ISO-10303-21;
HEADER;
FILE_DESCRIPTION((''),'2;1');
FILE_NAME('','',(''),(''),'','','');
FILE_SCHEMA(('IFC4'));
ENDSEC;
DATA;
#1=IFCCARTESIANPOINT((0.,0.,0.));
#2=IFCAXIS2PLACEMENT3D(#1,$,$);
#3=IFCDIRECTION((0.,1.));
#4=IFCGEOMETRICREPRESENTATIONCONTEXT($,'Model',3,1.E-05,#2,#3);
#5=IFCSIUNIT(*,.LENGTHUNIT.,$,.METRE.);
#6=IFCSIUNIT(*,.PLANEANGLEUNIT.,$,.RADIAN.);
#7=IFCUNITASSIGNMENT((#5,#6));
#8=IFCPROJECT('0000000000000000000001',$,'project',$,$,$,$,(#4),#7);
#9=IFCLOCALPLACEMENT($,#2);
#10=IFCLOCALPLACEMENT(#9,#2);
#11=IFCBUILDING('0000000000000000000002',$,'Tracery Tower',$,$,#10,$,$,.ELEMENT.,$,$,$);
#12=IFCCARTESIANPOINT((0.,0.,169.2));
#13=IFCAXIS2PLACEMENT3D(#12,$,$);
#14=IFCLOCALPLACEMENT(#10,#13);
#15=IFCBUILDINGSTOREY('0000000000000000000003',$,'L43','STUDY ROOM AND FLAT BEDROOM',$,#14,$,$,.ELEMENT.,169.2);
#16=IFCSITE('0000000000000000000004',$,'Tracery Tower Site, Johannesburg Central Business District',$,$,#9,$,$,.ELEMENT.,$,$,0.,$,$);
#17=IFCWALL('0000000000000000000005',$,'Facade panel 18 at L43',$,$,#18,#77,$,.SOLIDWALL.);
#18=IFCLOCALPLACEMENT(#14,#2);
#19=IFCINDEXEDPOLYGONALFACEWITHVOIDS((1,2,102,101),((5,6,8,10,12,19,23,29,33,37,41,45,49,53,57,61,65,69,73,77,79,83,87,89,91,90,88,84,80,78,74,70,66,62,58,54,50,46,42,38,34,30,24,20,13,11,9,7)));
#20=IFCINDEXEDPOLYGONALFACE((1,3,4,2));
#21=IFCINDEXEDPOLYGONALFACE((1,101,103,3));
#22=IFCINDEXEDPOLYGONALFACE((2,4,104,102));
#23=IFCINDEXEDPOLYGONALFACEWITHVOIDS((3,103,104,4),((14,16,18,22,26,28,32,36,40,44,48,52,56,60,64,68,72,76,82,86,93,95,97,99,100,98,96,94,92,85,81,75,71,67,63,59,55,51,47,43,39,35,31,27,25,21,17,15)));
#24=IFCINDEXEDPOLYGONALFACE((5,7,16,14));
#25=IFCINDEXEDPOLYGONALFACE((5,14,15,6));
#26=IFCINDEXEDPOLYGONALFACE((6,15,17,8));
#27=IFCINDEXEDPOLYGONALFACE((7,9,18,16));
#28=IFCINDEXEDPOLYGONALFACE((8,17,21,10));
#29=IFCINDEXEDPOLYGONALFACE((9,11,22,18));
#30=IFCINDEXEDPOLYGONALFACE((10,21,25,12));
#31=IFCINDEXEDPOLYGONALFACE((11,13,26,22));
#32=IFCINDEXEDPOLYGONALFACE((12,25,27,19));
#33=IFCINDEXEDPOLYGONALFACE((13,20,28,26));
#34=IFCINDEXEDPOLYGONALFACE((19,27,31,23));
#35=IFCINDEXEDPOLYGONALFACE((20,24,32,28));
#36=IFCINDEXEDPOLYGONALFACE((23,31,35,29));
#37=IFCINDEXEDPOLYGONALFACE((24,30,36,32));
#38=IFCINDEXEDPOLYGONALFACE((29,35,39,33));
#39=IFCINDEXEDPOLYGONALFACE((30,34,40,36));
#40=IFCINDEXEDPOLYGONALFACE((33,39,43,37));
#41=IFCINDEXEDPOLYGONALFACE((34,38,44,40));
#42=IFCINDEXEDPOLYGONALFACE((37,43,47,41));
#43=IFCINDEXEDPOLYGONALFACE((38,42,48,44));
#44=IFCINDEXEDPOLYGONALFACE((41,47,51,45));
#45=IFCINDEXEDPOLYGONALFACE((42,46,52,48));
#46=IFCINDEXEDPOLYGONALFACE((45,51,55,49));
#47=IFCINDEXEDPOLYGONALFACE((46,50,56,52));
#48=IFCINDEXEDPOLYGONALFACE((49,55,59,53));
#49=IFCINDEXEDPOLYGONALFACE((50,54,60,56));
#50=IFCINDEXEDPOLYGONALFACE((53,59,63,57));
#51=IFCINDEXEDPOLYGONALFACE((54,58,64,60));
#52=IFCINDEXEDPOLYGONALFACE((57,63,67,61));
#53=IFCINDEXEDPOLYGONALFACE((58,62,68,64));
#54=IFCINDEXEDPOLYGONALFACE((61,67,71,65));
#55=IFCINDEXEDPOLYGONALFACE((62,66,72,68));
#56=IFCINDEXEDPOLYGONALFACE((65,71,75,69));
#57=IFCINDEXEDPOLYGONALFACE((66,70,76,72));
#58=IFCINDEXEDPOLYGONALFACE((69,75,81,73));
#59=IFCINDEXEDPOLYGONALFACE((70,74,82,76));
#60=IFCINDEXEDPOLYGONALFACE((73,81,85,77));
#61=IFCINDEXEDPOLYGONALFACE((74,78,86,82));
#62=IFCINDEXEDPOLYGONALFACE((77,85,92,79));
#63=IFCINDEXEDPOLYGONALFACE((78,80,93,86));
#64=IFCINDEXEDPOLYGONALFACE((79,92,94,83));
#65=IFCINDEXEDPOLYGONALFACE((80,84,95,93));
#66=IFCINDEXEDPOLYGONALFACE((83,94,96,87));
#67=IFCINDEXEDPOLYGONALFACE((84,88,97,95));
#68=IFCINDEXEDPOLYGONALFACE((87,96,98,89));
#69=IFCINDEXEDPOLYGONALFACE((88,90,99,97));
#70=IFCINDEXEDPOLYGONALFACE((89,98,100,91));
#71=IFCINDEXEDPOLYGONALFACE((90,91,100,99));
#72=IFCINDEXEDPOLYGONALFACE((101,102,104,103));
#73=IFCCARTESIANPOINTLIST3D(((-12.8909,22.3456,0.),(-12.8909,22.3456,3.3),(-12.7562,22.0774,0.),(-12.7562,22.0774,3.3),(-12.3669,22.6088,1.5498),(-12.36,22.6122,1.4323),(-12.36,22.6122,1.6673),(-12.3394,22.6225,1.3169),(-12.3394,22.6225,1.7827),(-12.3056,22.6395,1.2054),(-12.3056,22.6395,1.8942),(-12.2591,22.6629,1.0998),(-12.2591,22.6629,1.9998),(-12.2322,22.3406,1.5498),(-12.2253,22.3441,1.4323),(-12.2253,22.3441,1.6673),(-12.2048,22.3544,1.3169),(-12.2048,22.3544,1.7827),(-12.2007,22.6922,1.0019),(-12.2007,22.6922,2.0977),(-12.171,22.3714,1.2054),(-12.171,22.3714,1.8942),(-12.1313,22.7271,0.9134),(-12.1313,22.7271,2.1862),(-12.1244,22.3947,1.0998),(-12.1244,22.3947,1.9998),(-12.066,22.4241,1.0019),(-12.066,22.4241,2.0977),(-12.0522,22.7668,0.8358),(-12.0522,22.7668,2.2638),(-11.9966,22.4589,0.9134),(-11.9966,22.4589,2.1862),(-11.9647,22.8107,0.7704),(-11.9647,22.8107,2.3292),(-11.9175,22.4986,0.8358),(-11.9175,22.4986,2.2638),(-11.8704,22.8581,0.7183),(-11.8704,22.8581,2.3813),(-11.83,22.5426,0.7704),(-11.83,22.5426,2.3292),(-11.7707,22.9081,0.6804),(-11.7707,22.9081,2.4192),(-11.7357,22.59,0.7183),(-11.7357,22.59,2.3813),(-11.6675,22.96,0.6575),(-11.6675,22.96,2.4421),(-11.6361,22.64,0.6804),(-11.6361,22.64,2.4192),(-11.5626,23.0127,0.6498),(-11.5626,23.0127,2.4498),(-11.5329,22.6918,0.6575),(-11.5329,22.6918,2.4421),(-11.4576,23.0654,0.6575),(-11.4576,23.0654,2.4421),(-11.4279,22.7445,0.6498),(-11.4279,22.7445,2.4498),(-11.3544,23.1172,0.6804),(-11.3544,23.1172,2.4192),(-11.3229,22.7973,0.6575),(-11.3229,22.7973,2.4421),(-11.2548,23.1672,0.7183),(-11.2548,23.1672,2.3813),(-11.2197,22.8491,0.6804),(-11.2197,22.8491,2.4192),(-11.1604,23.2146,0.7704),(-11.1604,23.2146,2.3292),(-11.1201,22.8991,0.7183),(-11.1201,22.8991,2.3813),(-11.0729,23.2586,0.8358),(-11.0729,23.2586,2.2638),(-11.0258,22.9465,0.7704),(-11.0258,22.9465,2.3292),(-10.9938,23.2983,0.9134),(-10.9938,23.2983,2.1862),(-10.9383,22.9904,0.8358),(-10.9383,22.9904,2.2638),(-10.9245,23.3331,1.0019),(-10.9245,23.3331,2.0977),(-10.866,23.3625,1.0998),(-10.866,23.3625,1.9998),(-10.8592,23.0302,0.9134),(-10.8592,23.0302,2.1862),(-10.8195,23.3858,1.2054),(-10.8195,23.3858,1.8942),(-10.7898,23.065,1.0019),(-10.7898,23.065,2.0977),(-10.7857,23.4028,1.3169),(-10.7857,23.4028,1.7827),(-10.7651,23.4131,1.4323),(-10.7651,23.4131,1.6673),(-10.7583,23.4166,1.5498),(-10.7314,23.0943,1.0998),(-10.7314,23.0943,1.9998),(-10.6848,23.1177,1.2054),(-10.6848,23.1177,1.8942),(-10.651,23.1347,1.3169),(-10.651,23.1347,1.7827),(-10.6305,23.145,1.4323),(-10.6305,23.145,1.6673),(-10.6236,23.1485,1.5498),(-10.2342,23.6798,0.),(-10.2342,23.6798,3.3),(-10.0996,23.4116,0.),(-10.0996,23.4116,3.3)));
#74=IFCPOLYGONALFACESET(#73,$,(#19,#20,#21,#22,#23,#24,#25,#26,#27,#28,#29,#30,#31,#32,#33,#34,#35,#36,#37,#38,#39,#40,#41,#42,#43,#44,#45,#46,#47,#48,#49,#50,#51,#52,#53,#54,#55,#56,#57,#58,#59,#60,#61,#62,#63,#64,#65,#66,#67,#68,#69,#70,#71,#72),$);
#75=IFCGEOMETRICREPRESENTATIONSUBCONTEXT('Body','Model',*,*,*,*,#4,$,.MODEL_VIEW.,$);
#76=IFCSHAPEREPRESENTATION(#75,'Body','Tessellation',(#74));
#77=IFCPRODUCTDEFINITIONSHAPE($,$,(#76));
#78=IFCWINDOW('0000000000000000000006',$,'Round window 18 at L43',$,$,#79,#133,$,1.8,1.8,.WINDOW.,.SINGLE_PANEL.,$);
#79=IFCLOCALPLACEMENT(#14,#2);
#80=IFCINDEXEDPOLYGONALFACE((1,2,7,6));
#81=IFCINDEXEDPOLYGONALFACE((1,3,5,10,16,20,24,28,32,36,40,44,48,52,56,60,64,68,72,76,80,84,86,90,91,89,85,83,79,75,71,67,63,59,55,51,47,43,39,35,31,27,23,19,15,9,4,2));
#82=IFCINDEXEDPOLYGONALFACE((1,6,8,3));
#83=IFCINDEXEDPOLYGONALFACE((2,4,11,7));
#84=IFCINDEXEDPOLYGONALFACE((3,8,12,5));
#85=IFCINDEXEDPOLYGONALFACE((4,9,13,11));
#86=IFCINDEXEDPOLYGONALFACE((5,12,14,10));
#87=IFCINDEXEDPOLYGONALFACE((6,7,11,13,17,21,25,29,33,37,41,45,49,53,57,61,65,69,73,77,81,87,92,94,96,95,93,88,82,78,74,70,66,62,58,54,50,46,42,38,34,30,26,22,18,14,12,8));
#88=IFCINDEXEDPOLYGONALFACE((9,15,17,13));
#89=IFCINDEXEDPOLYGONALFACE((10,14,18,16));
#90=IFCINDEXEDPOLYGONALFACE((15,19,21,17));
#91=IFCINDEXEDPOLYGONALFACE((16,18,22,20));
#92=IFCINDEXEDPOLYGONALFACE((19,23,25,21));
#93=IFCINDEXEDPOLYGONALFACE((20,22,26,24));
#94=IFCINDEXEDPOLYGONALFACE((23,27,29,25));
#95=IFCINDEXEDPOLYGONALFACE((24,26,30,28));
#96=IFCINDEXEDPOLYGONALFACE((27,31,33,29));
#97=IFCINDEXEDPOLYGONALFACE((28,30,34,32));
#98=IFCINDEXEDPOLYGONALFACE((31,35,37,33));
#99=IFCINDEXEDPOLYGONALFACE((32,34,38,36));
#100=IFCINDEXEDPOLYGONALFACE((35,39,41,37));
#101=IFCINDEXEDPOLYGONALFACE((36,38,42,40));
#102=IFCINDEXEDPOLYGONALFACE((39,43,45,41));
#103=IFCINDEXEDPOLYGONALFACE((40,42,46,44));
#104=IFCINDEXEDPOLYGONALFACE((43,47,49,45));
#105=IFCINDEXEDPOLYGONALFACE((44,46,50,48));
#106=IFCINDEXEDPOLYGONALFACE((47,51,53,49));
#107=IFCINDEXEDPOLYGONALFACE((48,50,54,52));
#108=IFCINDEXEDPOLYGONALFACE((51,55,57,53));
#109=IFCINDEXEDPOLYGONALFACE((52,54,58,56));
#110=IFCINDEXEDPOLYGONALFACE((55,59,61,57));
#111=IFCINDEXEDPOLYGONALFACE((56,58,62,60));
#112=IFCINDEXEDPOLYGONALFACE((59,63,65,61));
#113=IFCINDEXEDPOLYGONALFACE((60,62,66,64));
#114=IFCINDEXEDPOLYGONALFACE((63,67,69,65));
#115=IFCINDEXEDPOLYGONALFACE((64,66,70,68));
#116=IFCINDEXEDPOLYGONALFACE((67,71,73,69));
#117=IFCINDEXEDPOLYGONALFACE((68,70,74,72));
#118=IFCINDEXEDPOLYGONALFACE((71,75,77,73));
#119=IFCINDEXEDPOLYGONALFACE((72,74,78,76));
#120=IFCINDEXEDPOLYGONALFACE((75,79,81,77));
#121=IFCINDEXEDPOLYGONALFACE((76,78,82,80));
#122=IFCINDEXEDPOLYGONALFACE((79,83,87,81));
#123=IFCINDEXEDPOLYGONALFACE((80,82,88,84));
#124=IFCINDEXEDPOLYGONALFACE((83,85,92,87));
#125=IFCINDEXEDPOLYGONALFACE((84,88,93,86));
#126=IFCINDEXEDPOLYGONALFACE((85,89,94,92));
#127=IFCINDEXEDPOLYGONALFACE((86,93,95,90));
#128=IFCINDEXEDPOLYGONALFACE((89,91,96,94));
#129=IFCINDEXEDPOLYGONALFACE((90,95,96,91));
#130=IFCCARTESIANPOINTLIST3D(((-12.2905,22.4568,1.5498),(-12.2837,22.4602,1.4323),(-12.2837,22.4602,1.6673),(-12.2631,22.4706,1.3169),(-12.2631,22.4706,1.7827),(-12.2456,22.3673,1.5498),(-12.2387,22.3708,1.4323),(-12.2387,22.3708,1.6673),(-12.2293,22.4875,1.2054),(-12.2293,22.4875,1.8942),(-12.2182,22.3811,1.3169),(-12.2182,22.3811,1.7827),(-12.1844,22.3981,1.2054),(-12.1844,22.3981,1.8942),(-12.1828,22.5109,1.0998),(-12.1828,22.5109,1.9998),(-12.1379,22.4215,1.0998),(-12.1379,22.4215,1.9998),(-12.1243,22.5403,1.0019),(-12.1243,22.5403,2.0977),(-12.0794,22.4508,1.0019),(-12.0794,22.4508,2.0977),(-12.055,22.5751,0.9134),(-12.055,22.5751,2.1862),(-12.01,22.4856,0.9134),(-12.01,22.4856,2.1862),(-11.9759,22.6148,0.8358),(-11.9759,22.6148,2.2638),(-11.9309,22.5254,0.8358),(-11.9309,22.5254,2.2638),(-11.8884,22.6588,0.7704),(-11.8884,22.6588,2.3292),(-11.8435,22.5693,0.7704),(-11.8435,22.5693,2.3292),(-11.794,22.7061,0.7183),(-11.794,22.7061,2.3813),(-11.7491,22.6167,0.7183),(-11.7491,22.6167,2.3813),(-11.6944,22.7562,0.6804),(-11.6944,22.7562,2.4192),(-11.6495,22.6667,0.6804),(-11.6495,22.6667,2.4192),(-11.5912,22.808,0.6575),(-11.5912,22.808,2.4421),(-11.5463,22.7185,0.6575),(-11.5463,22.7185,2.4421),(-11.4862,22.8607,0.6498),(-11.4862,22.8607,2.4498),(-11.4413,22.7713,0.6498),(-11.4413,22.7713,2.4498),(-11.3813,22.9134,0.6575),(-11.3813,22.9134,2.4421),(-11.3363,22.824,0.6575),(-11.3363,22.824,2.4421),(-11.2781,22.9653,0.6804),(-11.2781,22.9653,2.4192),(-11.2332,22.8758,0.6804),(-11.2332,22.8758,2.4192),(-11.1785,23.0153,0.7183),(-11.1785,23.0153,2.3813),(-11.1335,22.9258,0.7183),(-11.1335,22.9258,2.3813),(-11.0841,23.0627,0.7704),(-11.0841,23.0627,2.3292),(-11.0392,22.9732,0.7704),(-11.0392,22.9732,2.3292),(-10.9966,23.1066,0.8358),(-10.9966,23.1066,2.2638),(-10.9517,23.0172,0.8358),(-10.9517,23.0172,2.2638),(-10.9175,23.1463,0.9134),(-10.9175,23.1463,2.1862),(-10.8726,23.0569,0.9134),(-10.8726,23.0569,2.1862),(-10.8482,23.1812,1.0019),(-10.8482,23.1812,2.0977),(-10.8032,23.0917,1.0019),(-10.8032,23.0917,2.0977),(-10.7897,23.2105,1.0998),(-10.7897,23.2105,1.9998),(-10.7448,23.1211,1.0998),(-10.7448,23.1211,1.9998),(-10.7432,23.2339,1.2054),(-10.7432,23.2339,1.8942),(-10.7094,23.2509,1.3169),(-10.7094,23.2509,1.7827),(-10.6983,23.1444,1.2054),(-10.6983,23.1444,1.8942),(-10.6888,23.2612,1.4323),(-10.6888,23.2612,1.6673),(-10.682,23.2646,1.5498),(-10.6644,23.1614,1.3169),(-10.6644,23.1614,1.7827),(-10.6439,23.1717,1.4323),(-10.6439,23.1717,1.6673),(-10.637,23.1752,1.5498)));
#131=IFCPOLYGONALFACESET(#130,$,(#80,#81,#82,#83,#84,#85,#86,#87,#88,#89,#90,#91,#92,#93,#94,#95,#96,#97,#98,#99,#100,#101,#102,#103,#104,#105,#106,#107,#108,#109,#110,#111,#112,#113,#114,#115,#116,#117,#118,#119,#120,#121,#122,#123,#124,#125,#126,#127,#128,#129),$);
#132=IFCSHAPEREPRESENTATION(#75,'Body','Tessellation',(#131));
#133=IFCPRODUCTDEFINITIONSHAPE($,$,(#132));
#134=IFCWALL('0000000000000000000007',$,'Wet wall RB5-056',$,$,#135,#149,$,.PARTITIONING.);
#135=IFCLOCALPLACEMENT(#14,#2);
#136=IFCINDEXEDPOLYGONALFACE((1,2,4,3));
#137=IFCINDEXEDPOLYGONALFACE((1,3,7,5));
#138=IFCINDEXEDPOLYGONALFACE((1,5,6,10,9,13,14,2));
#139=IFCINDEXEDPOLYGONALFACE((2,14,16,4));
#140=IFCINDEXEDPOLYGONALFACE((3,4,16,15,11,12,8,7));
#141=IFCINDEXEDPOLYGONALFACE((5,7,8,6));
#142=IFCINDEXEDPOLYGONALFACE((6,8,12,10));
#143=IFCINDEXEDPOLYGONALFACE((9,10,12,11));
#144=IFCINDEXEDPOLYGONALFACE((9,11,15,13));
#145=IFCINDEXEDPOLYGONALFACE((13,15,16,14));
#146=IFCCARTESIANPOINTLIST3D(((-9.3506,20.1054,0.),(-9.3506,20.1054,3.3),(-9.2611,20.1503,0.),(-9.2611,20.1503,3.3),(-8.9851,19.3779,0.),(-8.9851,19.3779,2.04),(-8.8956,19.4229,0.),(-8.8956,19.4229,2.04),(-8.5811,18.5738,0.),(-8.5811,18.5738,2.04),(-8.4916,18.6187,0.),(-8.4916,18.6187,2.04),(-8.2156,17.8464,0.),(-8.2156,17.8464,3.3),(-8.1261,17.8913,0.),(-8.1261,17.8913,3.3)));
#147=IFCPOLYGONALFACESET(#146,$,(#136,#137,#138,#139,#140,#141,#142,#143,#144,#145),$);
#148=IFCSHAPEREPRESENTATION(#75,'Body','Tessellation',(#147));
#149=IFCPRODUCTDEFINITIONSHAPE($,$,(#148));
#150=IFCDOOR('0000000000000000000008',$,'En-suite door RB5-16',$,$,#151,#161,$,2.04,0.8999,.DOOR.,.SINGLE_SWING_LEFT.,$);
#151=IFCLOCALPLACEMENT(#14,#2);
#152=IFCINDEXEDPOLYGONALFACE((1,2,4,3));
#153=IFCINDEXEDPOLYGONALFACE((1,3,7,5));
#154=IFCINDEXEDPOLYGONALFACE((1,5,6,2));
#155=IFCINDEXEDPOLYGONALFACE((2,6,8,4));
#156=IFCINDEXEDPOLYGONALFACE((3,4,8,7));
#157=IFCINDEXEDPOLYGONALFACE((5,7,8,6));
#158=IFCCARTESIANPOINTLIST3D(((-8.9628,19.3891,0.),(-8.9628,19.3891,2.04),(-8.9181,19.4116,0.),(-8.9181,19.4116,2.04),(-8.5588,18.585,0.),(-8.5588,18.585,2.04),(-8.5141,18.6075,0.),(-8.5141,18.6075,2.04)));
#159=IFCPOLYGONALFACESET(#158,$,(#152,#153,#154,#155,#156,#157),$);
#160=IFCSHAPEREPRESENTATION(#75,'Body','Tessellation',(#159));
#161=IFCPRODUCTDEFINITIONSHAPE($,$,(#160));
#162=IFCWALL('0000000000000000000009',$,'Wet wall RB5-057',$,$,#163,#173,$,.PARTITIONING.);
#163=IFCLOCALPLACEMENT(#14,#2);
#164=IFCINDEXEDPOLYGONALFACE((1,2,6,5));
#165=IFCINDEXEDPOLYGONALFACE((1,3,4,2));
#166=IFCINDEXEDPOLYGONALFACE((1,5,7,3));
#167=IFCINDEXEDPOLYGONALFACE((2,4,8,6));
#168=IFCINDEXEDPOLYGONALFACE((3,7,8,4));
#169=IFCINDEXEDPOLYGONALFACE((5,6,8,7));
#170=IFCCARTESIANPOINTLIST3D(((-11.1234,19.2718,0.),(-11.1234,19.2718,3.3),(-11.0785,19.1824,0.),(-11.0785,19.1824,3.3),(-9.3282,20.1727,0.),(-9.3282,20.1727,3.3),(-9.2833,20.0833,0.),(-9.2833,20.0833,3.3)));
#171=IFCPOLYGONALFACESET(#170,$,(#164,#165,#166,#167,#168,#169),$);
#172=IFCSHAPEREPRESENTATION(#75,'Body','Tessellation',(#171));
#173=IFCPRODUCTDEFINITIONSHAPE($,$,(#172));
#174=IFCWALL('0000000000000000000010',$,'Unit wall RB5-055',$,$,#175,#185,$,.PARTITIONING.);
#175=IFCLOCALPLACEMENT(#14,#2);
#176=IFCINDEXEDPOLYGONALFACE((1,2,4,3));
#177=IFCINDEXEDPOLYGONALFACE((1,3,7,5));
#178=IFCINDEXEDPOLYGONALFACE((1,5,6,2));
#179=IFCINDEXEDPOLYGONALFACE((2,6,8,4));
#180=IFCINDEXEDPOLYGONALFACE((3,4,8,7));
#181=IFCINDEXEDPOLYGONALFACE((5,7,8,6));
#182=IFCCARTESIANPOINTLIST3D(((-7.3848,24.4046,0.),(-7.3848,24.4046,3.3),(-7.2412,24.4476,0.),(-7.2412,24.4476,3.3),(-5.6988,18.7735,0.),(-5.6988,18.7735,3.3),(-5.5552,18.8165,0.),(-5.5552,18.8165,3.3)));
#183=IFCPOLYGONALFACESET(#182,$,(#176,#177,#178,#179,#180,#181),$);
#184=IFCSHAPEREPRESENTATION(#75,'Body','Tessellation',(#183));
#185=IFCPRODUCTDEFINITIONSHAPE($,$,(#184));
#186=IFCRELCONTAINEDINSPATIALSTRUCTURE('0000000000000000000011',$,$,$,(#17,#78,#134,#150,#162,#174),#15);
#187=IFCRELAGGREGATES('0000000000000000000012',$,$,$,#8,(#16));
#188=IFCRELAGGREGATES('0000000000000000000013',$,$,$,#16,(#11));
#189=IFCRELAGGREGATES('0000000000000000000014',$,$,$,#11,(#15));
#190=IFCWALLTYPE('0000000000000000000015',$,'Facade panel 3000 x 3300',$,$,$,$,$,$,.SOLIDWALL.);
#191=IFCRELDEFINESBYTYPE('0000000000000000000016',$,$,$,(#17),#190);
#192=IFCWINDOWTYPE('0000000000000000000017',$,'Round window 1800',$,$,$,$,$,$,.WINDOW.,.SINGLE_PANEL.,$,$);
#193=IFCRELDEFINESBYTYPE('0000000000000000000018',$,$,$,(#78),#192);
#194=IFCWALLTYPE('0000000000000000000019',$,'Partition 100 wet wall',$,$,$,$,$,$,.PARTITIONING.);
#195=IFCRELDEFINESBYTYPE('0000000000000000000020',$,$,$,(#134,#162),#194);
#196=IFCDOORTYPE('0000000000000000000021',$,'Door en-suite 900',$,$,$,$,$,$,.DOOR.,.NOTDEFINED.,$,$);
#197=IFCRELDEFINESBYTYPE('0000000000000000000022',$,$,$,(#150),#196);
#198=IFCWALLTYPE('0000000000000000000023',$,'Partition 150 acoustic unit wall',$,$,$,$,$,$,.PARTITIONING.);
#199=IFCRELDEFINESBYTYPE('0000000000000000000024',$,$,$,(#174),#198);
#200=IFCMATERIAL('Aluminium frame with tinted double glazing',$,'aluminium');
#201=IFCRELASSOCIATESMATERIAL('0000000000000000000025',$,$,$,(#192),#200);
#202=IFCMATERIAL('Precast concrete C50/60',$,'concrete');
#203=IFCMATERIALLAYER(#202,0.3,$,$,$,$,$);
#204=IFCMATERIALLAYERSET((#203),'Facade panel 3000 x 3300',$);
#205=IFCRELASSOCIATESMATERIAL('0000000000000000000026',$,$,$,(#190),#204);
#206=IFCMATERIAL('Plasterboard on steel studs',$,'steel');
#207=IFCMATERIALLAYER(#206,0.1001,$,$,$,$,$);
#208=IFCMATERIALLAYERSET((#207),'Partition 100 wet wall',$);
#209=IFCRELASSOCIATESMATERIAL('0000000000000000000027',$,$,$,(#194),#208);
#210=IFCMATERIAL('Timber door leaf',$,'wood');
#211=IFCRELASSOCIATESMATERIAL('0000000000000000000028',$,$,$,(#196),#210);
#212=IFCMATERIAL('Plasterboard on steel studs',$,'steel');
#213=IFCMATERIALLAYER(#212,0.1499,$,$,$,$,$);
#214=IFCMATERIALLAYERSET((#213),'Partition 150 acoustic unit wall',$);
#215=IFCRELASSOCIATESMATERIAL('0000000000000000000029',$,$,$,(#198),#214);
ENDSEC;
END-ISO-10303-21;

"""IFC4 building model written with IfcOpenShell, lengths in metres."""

from ifc_helpers import new_model, si_unit, direction, frame, frame_2d, origin, origin_2d, place, context, subcontext, project, spatial, rectangle, circle, extrude, material, layer, layer_set, type_object, element, fill, save


model = new_model("IFC4")

# Units and contexts
model_context = context("Model", 3, precision=1e-05, world=origin(), true_north=direction((0.0, 1.0)))
body_context = subcontext(model_context, "Body", "Model", "MODEL_VIEW")
ifc_project = project(units=[si_unit("LENGTHUNIT", "METRE"), si_unit("PLANEANGLEUNIT", "RADIAN")], contexts=[model_context])

# Site, building, storey
site_placement = place(None, origin())
site = spatial("IfcSite", under=ifc_project, at=site_placement, Name="Tracery Tower Site, Johannesburg Central Business District", CompositionType="ELEMENT", RefElevation=0.0)
building_placement = place(site_placement, origin())
building = spatial("IfcBuilding", under=site, at=building_placement, Name="Tracery Tower", CompositionType="ELEMENT")
storey_placement = place(building_placement, frame((0.0, 0.0, 169.2)))
storey = spatial("IfcBuildingStorey", under=building, at=storey_placement, Name="L43", Description="STUDY ROOM AND FLAT BEDROOM", CompositionType="ELEMENT", Elevation=169.2)

# Wall, opening, window
ifc_material_1 = material(Name="Aluminium frame with tinted double glazing", Category="aluminium")
window_type = type_object("IfcWindowType", Name="Round window 1800", PartitioningType="SINGLE_PANEL", PredefinedType="WINDOW", material=ifc_material_1)
ifc_material_2 = material(Name="Precast concrete C50/60", Category="concrete")
ifc_layer_1 = layer(ifc_material_2, 0.3)
ifc_layer_set_1 = layer_set([ifc_layer_1], Name="Facade panel 3000 x 3300")
wall_type_1 = type_object("IfcWallType", Name="Facade panel 3000 x 3300", PredefinedType="SOLIDWALL", material=ifc_layer_set_1)
wall_1_placement = place(storey_placement, frame((-10.167, 23.5457, 0.0), z_axis=(0.0, 0.0, 1.0), x_axis=(-0.893637, -0.44879, 0.0)))
wall_1 = element("IfcWall", 1, at=wall_1_placement, inside=storey, type_object=wall_type_1, Name="Facade panel 18 at L43", PredefinedType="SOLIDWALL", context=body_context, shape_type="SweptSolid", body=[
    extrude(rectangle(XDim=2.9729, YDim=0.3, at=frame_2d((1.4863, 0.0))), origin(), (0.0, 0.0, 1.0), 3.3),
])
opening_1_placement = place(wall_1_placement, frame((1.4863, 0.0, 1.5498)))
opening_1 = element("IfcOpeningElement", 2, at=opening_1_placement, cuts=wall_1, PredefinedType="OPENING", context=body_context, shape_type="SweptSolid", body=[
    extrude(circle(Radius=0.9, at=origin_2d()), frame((0.0, 0.1599, 0.0), z_axis=(0.0, -1.0, 0.0), x_axis=(1.0, 0.0, 0.0)), (0.0, 0.0, 1.0), 0.3201),
])
window_1_placement = place(opening_1_placement, origin())
window_1 = element("IfcWindow", 3, at=window_1_placement, inside=storey, type_object=window_type, Name="Round window 18 at L43", OverallHeight=1.8, OverallWidth=1.8, PartitioningType="SINGLE_PANEL", PredefinedType="WINDOW", context=body_context, shape_type="SweptSolid", body=[
    extrude(circle(Radius=0.9, at=origin_2d()), frame((0.0, 0.1201, 0.0), z_axis=(0.0, -1.0, 0.0), x_axis=(1.0, 0.0, 0.0)), (0.0, 0.0, 1.0), 0.1001),
])
fill(opening_1, window_1)

# Wall, opening, door
ifc_material_3 = material(Name="Plasterboard on steel studs", Category="steel")
ifc_layer_2 = layer(ifc_material_3, 0.1001)
ifc_layer_set_2 = layer_set([ifc_layer_2], Name="Partition 100 wet wall")
wall_type_2 = type_object("IfcWallType", Name="Partition 100 wet wall", PredefinedType="PARTITIONING", material=ifc_layer_set_2)
wall_2_placement = place(storey_placement, frame((-9.3059, 20.1279, 0.0), z_axis=(0.0, 0.0, 1.0), x_axis=(0.448951, -0.893556, 0.0)))
wall_2 = element("IfcWall", 4, at=wall_2_placement, inside=storey, type_object=wall_type_2, Name="Wet wall RB5-056", PredefinedType="PARTITIONING", context=body_context, shape_type="SweptSolid", body=[
    extrude(rectangle(XDim=2.5281, YDim=0.1001, at=frame_2d((1.2642, 0.0))), origin(), (0.0, 0.0, 1.0), 3.3),
])
opening_2_placement = place(wall_2_placement, frame((0.8142, 0.0, 0.0)))
opening_2 = element("IfcOpeningElement", 5, at=opening_2_placement, cuts=wall_2, PredefinedType="OPENING", context=body_context, shape_type="SweptSolid", body=[
    extrude(rectangle(XDim=0.8999, YDim=2.04, at=frame_2d((0.45, 1.02))), frame((0.0, 0.05, 0.0), z_axis=(0.0, -1.0, 0.0), x_axis=(1.0, 0.0, 0.0)), (0.0, 0.0, 1.0), 0.1001),
])
ifc_material_4 = material(Name="Timber door leaf", Category="wood")
door_type_1 = type_object("IfcDoorType", Name="Door en-suite 900", OperationType="NOTDEFINED", PredefinedType="DOOR", material=ifc_material_4)
door_1_placement = place(opening_2_placement, origin())
door_1 = element("IfcDoor", 6, at=door_1_placement, inside=storey, type_object=door_type_1, Name="En-suite door RB5-16", OperationType="SINGLE_SWING_LEFT", OverallHeight=2.04, OverallWidth=0.8999, PredefinedType="DOOR", context=body_context, shape_type="SweptSolid", body=[
    extrude(rectangle(XDim=0.8999, YDim=2.04, at=frame_2d((0.45, 1.02))), frame((0.0, 0.0249, 0.0), z_axis=(0.0, -1.0, 0.0), x_axis=(1.0, 0.0, 0.0)), (0.0, 0.0, 1.0), 0.05),
])
fill(opening_2, door_1)

# Walls
wall_3_placement = place(storey_placement, frame((-11.1011, 19.2271, 0.0), z_axis=(0.0, 0.0, 1.0), x_axis=(0.89377, 0.448526, 0.0)))
element("IfcWall", 7, at=wall_3_placement, inside=storey, type_object=wall_type_2, Name="Wet wall RB5-057", PredefinedType="PARTITIONING", context=body_context, shape_type="SweptSolid", body=[
    extrude(rectangle(XDim=2.0085, YDim=0.1001, at=frame_2d((1.0044, 0.0))), origin(), (0.0, 0.0, 1.0), 3.3),
])
ifc_material_5 = material(Name="Plasterboard on steel studs", Category="steel")
ifc_layer_3 = layer(ifc_material_5, 0.1499)
ifc_layer_set_3 = layer_set([ifc_layer_3], Name="Partition 150 acoustic unit wall")
wall_type_3 = type_object("IfcWallType", Name="Partition 150 acoustic unit wall", PredefinedType="PARTITIONING", material=ifc_layer_set_3)
wall_4_placement = place(storey_placement, frame((-7.313, 24.426, 0.0), z_axis=(0.0, 0.0, 1.0), x_axis=(0.286833, -0.95798, 0.0)))
element("IfcWall", 8, at=wall_4_placement, inside=storey, type_object=wall_type_3, Name="Unit wall RB5-055", PredefinedType="PARTITIONING", context=body_context, shape_type="SweptSolid", body=[
    extrude(rectangle(XDim=5.8782, YDim=0.1499, at=frame_2d((2.939, 0.0))), origin(), (0.0, 0.0, 1.0), 3.3),
])

save(model, "model.ifc")
